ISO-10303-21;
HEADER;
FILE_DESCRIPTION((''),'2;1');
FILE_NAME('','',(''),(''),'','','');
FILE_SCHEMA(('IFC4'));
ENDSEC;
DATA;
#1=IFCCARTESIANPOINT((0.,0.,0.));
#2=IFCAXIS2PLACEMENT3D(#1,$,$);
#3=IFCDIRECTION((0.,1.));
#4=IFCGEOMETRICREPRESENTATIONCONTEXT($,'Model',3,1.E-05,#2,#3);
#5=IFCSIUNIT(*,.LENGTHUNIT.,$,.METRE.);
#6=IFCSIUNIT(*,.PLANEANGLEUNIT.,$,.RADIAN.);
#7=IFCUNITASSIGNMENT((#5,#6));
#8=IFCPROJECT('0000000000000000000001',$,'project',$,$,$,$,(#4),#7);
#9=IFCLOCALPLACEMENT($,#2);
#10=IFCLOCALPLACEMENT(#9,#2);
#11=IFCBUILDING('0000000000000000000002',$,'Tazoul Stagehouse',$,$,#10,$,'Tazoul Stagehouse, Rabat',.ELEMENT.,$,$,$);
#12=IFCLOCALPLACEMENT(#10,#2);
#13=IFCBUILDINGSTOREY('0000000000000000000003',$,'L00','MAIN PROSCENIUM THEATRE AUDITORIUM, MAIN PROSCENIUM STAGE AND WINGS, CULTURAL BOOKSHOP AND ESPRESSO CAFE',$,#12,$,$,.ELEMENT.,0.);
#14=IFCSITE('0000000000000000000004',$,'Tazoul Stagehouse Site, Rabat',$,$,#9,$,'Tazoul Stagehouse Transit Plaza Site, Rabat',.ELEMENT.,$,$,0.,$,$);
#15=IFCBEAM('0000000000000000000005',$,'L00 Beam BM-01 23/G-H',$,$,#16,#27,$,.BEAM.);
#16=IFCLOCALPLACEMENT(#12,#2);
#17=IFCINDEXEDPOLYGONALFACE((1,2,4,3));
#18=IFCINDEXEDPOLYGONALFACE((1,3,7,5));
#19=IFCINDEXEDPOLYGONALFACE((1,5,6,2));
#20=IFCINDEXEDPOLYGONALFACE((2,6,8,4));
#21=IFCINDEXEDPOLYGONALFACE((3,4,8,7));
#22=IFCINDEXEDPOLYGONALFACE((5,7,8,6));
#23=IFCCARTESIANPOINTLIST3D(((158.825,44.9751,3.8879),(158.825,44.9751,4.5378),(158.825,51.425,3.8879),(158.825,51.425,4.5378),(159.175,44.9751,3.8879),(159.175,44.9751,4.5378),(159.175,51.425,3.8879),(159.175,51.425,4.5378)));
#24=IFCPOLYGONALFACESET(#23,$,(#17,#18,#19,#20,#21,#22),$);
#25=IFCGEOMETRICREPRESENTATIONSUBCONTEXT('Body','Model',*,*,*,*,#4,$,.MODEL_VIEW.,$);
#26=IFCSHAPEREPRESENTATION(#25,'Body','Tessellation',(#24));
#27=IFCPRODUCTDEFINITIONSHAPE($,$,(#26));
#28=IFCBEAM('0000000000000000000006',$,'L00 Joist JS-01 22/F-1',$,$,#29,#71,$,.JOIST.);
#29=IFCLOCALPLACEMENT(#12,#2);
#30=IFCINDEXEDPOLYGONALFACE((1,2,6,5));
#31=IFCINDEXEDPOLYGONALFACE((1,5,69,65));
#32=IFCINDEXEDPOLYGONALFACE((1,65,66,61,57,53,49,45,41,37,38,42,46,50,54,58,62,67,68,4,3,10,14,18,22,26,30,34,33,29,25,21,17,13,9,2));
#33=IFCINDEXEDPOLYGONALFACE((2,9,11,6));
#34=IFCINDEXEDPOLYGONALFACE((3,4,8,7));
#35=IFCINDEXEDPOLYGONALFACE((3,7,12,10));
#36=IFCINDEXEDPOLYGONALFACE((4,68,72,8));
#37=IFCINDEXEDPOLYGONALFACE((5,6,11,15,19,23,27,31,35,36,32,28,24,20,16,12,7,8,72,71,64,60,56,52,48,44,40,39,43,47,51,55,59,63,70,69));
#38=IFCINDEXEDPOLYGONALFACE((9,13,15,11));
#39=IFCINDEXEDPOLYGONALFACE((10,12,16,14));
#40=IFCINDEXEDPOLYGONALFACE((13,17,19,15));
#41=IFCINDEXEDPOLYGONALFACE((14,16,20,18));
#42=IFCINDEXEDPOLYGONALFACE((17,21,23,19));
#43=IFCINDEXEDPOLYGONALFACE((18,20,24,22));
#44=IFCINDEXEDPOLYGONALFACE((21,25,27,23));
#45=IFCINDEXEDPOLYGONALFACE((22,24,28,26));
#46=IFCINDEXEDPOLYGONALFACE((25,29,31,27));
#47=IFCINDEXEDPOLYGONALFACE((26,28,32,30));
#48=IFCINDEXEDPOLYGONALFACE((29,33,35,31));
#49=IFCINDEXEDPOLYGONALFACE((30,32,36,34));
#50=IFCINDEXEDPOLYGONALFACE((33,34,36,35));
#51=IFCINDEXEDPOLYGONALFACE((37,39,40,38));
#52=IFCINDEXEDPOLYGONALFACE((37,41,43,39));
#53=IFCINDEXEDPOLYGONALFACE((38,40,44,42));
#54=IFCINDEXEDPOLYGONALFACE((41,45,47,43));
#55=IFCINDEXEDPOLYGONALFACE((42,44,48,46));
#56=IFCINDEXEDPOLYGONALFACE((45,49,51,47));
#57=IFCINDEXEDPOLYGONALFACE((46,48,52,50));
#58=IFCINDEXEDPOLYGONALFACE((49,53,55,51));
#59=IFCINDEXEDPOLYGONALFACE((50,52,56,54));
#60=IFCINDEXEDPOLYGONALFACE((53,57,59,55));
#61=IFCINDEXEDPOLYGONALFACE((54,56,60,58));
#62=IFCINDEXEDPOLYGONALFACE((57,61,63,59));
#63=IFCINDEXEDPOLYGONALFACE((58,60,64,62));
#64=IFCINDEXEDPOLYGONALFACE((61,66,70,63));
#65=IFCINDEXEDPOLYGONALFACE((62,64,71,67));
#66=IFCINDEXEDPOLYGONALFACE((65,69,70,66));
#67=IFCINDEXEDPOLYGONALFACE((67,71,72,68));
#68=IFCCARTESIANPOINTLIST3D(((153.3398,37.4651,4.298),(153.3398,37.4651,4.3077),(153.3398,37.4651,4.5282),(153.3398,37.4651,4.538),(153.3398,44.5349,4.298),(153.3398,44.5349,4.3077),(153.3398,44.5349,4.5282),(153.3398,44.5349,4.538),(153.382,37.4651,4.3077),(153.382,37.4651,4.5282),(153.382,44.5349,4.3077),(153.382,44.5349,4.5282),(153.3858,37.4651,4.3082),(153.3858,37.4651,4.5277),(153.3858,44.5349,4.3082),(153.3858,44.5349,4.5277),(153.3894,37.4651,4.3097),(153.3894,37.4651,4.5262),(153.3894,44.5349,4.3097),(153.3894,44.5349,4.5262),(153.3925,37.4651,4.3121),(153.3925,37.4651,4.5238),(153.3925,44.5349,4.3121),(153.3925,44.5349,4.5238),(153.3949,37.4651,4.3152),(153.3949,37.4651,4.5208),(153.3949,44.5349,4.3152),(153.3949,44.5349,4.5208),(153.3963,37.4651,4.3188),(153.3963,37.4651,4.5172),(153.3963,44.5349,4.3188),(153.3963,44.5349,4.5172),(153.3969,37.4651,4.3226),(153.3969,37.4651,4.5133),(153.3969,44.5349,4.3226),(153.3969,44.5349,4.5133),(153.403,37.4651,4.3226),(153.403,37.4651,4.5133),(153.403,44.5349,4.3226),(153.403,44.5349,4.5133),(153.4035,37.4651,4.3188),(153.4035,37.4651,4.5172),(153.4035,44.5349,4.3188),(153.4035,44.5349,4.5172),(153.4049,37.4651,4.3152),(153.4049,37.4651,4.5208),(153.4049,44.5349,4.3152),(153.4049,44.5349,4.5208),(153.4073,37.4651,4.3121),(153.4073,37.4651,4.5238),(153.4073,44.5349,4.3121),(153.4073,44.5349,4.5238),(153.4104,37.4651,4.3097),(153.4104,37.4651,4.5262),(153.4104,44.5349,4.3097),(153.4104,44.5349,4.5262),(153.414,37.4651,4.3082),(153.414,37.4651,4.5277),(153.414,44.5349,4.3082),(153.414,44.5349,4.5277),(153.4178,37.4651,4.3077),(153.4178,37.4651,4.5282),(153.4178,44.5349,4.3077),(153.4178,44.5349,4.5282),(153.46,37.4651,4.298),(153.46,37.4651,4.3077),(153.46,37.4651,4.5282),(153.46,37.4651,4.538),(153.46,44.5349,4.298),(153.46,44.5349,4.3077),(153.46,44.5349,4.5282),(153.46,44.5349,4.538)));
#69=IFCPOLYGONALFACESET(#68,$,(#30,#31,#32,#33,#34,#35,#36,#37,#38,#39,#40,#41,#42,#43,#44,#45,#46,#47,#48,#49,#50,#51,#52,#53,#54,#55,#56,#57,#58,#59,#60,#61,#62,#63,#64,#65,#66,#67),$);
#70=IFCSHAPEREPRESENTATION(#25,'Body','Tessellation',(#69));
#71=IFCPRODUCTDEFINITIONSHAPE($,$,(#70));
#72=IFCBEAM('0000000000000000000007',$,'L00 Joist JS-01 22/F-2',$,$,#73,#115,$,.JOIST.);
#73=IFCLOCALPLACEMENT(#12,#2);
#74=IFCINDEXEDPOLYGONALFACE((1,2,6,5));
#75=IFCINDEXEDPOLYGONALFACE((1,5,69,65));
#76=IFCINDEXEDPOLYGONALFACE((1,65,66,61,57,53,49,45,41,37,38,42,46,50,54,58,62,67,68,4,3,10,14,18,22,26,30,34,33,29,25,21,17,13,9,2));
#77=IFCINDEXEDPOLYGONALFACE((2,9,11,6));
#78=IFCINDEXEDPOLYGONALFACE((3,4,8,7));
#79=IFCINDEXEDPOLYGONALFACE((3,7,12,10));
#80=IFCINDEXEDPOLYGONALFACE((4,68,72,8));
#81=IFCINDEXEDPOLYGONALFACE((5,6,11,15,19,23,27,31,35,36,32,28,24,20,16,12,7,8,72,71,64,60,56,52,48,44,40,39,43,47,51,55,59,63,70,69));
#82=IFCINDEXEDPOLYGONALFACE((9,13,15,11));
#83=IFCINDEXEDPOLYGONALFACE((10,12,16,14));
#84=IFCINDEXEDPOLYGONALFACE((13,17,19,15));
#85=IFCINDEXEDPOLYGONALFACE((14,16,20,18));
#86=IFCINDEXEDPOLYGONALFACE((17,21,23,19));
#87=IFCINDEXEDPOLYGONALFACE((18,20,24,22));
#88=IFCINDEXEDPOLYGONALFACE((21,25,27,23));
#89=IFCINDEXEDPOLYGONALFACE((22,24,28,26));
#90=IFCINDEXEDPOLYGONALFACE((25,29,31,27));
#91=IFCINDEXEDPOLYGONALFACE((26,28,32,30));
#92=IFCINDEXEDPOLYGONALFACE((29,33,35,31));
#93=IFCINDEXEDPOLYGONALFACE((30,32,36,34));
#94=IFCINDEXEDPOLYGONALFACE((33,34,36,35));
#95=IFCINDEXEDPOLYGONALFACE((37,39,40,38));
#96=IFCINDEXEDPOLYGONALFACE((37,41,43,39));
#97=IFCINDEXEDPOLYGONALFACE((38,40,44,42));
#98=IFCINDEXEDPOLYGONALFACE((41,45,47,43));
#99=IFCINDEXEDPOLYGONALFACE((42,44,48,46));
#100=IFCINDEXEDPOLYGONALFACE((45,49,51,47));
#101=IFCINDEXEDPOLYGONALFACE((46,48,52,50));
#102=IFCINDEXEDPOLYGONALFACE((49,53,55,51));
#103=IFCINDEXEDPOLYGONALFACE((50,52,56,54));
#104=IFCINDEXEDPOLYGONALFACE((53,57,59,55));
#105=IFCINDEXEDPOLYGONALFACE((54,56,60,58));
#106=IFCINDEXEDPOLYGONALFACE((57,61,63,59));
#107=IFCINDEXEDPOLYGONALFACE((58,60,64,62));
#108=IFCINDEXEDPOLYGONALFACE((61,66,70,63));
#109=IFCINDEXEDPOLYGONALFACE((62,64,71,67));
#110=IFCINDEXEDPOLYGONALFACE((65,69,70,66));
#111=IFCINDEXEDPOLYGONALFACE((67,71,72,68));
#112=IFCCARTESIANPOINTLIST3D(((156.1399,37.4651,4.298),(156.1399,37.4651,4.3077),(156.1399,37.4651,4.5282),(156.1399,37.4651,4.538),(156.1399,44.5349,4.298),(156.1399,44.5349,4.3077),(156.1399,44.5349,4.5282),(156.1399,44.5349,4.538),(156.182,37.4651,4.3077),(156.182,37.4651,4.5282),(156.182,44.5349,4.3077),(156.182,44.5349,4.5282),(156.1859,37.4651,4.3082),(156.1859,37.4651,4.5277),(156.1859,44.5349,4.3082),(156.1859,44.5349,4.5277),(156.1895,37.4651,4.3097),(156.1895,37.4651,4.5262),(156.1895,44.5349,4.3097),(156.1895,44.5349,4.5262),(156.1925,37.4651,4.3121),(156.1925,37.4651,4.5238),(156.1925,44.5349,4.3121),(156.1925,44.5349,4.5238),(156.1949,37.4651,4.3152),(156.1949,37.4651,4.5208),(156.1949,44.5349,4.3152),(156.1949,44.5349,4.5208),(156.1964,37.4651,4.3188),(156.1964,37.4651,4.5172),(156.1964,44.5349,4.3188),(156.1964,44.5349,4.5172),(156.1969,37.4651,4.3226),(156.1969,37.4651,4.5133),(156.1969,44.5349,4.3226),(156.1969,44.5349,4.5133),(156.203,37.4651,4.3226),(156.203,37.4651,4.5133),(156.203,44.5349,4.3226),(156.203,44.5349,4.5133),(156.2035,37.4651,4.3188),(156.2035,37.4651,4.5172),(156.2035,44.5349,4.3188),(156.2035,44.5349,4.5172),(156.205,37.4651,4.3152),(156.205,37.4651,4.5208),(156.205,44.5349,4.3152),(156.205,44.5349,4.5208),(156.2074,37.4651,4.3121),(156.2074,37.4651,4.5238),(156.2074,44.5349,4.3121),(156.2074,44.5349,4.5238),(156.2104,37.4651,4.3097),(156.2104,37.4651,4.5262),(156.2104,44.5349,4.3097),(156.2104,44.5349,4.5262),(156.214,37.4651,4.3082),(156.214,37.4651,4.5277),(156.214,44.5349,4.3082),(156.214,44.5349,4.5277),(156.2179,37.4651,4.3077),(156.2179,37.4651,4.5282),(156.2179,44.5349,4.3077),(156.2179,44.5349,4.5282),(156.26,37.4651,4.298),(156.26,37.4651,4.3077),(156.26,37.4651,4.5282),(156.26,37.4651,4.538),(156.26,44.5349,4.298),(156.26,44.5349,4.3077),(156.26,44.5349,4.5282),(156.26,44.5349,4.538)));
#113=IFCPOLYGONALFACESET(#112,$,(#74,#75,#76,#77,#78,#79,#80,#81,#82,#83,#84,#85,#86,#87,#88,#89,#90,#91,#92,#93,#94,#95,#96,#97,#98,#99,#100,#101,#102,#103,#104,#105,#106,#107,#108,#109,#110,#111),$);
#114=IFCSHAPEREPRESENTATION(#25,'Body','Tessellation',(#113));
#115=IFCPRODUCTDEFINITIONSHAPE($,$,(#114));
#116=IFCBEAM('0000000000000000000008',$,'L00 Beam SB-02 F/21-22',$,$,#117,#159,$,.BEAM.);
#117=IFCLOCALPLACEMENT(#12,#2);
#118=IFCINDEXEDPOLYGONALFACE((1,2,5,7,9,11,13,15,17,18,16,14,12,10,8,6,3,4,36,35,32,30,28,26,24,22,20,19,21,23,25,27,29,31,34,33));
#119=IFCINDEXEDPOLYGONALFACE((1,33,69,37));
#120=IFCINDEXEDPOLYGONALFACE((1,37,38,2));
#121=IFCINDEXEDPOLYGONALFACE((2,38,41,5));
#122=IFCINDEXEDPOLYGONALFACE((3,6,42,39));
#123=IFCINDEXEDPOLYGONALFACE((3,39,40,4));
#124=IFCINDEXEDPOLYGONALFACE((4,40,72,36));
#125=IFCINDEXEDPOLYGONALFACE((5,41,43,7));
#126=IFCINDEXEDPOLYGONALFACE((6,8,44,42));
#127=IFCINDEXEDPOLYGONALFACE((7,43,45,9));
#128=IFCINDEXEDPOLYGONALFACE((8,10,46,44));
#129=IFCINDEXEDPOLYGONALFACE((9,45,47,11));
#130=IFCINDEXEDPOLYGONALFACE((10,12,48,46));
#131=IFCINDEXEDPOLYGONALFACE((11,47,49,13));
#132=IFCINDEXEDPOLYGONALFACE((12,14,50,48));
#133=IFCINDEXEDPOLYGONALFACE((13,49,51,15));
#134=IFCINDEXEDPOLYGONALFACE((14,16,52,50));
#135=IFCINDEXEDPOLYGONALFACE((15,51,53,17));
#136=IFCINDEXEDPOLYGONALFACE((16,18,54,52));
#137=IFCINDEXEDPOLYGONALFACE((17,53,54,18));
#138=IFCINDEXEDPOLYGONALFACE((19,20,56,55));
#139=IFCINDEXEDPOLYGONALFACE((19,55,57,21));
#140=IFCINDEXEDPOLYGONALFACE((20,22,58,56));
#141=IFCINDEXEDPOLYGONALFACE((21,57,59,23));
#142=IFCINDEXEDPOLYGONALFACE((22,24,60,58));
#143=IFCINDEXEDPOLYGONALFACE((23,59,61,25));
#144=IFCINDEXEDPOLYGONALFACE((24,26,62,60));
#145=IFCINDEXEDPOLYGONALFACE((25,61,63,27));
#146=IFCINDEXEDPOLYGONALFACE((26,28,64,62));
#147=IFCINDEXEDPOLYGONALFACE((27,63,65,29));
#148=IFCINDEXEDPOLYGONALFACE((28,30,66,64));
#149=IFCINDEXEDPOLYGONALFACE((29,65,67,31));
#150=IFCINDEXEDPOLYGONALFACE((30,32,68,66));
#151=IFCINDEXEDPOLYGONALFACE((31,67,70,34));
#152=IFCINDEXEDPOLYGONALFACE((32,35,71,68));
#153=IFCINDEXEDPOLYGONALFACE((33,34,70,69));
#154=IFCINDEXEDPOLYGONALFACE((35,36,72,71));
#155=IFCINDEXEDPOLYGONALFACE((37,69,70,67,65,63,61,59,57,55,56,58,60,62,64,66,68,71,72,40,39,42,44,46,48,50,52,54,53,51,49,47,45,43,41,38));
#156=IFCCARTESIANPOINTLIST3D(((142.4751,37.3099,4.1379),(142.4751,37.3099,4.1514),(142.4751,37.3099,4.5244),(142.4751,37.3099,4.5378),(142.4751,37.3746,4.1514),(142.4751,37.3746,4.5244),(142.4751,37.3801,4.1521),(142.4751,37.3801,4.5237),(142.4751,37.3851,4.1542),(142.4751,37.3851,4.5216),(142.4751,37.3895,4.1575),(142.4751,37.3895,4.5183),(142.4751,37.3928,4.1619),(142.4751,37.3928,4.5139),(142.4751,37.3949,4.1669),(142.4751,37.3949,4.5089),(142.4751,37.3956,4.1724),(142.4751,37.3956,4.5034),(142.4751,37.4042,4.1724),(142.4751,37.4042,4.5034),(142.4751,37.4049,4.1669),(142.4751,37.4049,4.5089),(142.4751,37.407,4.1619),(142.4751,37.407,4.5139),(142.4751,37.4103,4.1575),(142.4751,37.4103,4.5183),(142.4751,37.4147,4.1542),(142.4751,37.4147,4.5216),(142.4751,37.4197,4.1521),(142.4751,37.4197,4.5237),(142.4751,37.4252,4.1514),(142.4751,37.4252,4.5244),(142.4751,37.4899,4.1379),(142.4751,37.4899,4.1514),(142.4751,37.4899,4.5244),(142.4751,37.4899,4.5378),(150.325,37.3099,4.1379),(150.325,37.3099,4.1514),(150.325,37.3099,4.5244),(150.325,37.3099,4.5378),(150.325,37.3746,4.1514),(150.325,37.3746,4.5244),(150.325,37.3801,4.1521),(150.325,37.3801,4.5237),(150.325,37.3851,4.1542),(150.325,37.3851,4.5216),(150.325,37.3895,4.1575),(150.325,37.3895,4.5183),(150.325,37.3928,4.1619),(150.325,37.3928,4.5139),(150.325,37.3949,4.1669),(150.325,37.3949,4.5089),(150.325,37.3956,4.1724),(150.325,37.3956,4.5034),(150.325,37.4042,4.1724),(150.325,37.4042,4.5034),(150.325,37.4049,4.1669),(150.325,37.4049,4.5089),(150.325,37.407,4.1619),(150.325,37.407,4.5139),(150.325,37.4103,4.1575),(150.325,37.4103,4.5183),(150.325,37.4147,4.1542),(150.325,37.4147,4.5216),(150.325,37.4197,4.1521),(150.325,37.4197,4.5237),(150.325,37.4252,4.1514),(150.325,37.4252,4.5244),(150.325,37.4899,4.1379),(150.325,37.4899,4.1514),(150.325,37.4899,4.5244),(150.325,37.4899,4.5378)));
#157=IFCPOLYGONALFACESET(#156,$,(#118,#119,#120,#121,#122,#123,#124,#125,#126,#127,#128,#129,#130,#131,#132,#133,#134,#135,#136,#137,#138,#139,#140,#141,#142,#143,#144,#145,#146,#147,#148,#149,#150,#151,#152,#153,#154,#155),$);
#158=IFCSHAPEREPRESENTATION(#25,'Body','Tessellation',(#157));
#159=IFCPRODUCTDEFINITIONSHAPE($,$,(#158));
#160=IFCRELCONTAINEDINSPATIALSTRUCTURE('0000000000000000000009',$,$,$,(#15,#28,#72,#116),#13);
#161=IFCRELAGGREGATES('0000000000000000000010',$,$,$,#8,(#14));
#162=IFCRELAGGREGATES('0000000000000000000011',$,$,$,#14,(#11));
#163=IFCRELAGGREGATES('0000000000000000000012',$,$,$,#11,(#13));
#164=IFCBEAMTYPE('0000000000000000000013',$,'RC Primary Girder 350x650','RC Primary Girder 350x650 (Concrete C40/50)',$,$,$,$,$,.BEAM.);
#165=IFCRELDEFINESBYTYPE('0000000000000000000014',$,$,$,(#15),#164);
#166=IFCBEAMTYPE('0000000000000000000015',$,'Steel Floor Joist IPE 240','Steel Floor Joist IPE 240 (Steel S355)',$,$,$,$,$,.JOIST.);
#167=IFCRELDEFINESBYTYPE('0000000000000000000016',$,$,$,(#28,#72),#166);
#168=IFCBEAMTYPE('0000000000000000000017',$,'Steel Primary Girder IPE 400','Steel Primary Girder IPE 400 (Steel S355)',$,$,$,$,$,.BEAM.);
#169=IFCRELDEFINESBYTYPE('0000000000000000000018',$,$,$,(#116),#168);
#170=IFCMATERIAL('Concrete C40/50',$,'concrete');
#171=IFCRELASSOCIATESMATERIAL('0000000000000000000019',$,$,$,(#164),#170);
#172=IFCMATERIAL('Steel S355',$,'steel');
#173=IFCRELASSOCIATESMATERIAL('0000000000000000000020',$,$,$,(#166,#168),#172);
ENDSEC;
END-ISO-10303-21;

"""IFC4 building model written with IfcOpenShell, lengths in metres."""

from ifc_helpers import new_model, si_unit, direction, frame, origin, origin_2d, place, context, subcontext, project, spatial, rectangle, i_section, extrude, material, material_profile, profile_set, type_object, element, save


model = new_model("IFC4")

# Units and contexts
model_context = context("Model", 3, precision=1e-05, world=origin(), true_north=direction((0.0, 1.0)))
body_context = subcontext(model_context, "Body", "Model", "MODEL_VIEW")
ifc_project = project(units=[si_unit("LENGTHUNIT", "METRE"), si_unit("PLANEANGLEUNIT", "RADIAN")], contexts=[model_context])

# Site, building, storey
site_placement = place(None, origin())
site = spatial("IfcSite", under=ifc_project, at=site_placement, Name="Tazoul Stagehouse Site, Rabat", LongName="Tazoul Stagehouse Transit Plaza Site, Rabat", CompositionType="ELEMENT", RefElevation=0.0)
building_placement = place(site_placement, origin())
building = spatial("IfcBuilding", under=site, at=building_placement, Name="Tazoul Stagehouse", LongName="Tazoul Stagehouse, Rabat", CompositionType="ELEMENT")
storey_placement = place(building_placement, origin())
storey = spatial("IfcBuildingStorey", under=building, at=storey_placement, Name="L00", Description="MAIN PROSCENIUM THEATRE AUDITORIUM, MAIN PROSCENIUM STAGE AND WINGS, CULTURAL BOOKSHOP AND ESPRESSO CAFE", CompositionType="ELEMENT", Elevation=0.0)

# Shared definitions
ifc_material_1 = material(Name="Concrete C40/50", Category="concrete")

# Beams
ifc_material_profile_1 = material_profile(ifc_material_1, rectangle(XDim=0.3501, YDim=0.6499, at=origin_2d()), Name="RC 350x650")
ifc_profile_set_1 = profile_set([ifc_material_profile_1], Name="Concrete C40/50")
beam_type_1 = type_object("IfcBeamType", Name="RC Primary Girder 350x650", Description="RC Primary Girder 350x650 (Concrete C40/50)", PredefinedType="BEAM", material=ifc_profile_set_1)
beam_1_placement = place(storey_placement, frame((159.0, 44.9751, 4.2129), z_axis=(0.0, 1.0, 0.0), x_axis=(-1.0, 0.0, 0.0)))
element("IfcBeam", 1, at=beam_1_placement, inside=storey, type_object=beam_type_1, Name="L00 Beam BM-01 23/G-H", PredefinedType="BEAM", context=body_context, shape_type="SweptSolid", body=[
    extrude(rectangle(XDim=0.3501, YDim=0.6499, at=origin_2d()), origin(), (0.0, 0.0, 1.0), 6.45),
])
ifc_material_2 = material(Name="Steel S355", Category="steel")
ifc_material_profile_2 = material_profile(ifc_material_2, i_section(OverallWidth=0.1201, OverallDepth=0.24, WebThickness=0.0061, FlangeThickness=0.0098, FilletRadius=0.0149, at=origin_2d()), Name="IPE 240")
ifc_profile_set_2 = profile_set([ifc_material_profile_2], Name="Steel S355")
beam_type_2 = type_object("IfcBeamType", Name="Steel Floor Joist IPE 240", Description="Steel Floor Joist IPE 240 (Steel S355)", PredefinedType="JOIST", material=ifc_profile_set_2)
for number, where, z_axis, x_axis, name in (
    (2, (153.3999, 37.4651, 4.418), (0.0, 1.0, 0.0), (-1.0, 0.0, 0.0), "L00 Joist JS-01 22/F-1"),
    (3, (156.2, 37.4651, 4.418), (0.0, 1.0, 0.0), (-1.0, 0.0, 0.0), "L00 Joist JS-01 22/F-2"),
):
    element("IfcBeam", number, at=place(storey_placement, frame(where, z_axis=z_axis, x_axis=x_axis)), inside=storey, type_object=beam_type_2, Name=name, PredefinedType="JOIST", context=body_context, shape_type="SweptSolid", body=[
        extrude(i_section(OverallWidth=0.1201, OverallDepth=0.24, WebThickness=0.0061, FlangeThickness=0.0098, FilletRadius=0.0149, at=origin_2d()), origin(), (0.0, 0.0, 1.0), 7.0698),
    ])
ifc_material_profile_3 = material_profile(ifc_material_2, i_section(OverallWidth=0.1799, OverallDepth=0.3999, WebThickness=0.0085, FlangeThickness=0.0134, FilletRadius=0.021, at=origin_2d()), Name="IPE 400")
ifc_profile_set_3 = profile_set([ifc_material_profile_3], Name="Steel S355")
beam_type_3 = type_object("IfcBeamType", Name="Steel Primary Girder IPE 400", Description="Steel Primary Girder IPE 400 (Steel S355)", PredefinedType="BEAM", material=ifc_profile_set_3)
beam_2_placement = place(storey_placement, frame((142.4751, 37.3999, 4.3379), z_axis=(1.0, 0.0, 0.0), x_axis=(0.0, 1.0, 0.0)))
element("IfcBeam", 4, at=beam_2_placement, inside=storey, type_object=beam_type_3, Name="L00 Beam SB-02 F/21-22", PredefinedType="BEAM", context=body_context, shape_type="SweptSolid", body=[
    extrude(i_section(OverallWidth=0.1799, OverallDepth=0.3999, WebThickness=0.0085, FlangeThickness=0.0134, FilletRadius=0.021, at=origin_2d()), origin(), (0.0, 0.0, 1.0), 7.8499),
])

save(model, "model.ifc")
